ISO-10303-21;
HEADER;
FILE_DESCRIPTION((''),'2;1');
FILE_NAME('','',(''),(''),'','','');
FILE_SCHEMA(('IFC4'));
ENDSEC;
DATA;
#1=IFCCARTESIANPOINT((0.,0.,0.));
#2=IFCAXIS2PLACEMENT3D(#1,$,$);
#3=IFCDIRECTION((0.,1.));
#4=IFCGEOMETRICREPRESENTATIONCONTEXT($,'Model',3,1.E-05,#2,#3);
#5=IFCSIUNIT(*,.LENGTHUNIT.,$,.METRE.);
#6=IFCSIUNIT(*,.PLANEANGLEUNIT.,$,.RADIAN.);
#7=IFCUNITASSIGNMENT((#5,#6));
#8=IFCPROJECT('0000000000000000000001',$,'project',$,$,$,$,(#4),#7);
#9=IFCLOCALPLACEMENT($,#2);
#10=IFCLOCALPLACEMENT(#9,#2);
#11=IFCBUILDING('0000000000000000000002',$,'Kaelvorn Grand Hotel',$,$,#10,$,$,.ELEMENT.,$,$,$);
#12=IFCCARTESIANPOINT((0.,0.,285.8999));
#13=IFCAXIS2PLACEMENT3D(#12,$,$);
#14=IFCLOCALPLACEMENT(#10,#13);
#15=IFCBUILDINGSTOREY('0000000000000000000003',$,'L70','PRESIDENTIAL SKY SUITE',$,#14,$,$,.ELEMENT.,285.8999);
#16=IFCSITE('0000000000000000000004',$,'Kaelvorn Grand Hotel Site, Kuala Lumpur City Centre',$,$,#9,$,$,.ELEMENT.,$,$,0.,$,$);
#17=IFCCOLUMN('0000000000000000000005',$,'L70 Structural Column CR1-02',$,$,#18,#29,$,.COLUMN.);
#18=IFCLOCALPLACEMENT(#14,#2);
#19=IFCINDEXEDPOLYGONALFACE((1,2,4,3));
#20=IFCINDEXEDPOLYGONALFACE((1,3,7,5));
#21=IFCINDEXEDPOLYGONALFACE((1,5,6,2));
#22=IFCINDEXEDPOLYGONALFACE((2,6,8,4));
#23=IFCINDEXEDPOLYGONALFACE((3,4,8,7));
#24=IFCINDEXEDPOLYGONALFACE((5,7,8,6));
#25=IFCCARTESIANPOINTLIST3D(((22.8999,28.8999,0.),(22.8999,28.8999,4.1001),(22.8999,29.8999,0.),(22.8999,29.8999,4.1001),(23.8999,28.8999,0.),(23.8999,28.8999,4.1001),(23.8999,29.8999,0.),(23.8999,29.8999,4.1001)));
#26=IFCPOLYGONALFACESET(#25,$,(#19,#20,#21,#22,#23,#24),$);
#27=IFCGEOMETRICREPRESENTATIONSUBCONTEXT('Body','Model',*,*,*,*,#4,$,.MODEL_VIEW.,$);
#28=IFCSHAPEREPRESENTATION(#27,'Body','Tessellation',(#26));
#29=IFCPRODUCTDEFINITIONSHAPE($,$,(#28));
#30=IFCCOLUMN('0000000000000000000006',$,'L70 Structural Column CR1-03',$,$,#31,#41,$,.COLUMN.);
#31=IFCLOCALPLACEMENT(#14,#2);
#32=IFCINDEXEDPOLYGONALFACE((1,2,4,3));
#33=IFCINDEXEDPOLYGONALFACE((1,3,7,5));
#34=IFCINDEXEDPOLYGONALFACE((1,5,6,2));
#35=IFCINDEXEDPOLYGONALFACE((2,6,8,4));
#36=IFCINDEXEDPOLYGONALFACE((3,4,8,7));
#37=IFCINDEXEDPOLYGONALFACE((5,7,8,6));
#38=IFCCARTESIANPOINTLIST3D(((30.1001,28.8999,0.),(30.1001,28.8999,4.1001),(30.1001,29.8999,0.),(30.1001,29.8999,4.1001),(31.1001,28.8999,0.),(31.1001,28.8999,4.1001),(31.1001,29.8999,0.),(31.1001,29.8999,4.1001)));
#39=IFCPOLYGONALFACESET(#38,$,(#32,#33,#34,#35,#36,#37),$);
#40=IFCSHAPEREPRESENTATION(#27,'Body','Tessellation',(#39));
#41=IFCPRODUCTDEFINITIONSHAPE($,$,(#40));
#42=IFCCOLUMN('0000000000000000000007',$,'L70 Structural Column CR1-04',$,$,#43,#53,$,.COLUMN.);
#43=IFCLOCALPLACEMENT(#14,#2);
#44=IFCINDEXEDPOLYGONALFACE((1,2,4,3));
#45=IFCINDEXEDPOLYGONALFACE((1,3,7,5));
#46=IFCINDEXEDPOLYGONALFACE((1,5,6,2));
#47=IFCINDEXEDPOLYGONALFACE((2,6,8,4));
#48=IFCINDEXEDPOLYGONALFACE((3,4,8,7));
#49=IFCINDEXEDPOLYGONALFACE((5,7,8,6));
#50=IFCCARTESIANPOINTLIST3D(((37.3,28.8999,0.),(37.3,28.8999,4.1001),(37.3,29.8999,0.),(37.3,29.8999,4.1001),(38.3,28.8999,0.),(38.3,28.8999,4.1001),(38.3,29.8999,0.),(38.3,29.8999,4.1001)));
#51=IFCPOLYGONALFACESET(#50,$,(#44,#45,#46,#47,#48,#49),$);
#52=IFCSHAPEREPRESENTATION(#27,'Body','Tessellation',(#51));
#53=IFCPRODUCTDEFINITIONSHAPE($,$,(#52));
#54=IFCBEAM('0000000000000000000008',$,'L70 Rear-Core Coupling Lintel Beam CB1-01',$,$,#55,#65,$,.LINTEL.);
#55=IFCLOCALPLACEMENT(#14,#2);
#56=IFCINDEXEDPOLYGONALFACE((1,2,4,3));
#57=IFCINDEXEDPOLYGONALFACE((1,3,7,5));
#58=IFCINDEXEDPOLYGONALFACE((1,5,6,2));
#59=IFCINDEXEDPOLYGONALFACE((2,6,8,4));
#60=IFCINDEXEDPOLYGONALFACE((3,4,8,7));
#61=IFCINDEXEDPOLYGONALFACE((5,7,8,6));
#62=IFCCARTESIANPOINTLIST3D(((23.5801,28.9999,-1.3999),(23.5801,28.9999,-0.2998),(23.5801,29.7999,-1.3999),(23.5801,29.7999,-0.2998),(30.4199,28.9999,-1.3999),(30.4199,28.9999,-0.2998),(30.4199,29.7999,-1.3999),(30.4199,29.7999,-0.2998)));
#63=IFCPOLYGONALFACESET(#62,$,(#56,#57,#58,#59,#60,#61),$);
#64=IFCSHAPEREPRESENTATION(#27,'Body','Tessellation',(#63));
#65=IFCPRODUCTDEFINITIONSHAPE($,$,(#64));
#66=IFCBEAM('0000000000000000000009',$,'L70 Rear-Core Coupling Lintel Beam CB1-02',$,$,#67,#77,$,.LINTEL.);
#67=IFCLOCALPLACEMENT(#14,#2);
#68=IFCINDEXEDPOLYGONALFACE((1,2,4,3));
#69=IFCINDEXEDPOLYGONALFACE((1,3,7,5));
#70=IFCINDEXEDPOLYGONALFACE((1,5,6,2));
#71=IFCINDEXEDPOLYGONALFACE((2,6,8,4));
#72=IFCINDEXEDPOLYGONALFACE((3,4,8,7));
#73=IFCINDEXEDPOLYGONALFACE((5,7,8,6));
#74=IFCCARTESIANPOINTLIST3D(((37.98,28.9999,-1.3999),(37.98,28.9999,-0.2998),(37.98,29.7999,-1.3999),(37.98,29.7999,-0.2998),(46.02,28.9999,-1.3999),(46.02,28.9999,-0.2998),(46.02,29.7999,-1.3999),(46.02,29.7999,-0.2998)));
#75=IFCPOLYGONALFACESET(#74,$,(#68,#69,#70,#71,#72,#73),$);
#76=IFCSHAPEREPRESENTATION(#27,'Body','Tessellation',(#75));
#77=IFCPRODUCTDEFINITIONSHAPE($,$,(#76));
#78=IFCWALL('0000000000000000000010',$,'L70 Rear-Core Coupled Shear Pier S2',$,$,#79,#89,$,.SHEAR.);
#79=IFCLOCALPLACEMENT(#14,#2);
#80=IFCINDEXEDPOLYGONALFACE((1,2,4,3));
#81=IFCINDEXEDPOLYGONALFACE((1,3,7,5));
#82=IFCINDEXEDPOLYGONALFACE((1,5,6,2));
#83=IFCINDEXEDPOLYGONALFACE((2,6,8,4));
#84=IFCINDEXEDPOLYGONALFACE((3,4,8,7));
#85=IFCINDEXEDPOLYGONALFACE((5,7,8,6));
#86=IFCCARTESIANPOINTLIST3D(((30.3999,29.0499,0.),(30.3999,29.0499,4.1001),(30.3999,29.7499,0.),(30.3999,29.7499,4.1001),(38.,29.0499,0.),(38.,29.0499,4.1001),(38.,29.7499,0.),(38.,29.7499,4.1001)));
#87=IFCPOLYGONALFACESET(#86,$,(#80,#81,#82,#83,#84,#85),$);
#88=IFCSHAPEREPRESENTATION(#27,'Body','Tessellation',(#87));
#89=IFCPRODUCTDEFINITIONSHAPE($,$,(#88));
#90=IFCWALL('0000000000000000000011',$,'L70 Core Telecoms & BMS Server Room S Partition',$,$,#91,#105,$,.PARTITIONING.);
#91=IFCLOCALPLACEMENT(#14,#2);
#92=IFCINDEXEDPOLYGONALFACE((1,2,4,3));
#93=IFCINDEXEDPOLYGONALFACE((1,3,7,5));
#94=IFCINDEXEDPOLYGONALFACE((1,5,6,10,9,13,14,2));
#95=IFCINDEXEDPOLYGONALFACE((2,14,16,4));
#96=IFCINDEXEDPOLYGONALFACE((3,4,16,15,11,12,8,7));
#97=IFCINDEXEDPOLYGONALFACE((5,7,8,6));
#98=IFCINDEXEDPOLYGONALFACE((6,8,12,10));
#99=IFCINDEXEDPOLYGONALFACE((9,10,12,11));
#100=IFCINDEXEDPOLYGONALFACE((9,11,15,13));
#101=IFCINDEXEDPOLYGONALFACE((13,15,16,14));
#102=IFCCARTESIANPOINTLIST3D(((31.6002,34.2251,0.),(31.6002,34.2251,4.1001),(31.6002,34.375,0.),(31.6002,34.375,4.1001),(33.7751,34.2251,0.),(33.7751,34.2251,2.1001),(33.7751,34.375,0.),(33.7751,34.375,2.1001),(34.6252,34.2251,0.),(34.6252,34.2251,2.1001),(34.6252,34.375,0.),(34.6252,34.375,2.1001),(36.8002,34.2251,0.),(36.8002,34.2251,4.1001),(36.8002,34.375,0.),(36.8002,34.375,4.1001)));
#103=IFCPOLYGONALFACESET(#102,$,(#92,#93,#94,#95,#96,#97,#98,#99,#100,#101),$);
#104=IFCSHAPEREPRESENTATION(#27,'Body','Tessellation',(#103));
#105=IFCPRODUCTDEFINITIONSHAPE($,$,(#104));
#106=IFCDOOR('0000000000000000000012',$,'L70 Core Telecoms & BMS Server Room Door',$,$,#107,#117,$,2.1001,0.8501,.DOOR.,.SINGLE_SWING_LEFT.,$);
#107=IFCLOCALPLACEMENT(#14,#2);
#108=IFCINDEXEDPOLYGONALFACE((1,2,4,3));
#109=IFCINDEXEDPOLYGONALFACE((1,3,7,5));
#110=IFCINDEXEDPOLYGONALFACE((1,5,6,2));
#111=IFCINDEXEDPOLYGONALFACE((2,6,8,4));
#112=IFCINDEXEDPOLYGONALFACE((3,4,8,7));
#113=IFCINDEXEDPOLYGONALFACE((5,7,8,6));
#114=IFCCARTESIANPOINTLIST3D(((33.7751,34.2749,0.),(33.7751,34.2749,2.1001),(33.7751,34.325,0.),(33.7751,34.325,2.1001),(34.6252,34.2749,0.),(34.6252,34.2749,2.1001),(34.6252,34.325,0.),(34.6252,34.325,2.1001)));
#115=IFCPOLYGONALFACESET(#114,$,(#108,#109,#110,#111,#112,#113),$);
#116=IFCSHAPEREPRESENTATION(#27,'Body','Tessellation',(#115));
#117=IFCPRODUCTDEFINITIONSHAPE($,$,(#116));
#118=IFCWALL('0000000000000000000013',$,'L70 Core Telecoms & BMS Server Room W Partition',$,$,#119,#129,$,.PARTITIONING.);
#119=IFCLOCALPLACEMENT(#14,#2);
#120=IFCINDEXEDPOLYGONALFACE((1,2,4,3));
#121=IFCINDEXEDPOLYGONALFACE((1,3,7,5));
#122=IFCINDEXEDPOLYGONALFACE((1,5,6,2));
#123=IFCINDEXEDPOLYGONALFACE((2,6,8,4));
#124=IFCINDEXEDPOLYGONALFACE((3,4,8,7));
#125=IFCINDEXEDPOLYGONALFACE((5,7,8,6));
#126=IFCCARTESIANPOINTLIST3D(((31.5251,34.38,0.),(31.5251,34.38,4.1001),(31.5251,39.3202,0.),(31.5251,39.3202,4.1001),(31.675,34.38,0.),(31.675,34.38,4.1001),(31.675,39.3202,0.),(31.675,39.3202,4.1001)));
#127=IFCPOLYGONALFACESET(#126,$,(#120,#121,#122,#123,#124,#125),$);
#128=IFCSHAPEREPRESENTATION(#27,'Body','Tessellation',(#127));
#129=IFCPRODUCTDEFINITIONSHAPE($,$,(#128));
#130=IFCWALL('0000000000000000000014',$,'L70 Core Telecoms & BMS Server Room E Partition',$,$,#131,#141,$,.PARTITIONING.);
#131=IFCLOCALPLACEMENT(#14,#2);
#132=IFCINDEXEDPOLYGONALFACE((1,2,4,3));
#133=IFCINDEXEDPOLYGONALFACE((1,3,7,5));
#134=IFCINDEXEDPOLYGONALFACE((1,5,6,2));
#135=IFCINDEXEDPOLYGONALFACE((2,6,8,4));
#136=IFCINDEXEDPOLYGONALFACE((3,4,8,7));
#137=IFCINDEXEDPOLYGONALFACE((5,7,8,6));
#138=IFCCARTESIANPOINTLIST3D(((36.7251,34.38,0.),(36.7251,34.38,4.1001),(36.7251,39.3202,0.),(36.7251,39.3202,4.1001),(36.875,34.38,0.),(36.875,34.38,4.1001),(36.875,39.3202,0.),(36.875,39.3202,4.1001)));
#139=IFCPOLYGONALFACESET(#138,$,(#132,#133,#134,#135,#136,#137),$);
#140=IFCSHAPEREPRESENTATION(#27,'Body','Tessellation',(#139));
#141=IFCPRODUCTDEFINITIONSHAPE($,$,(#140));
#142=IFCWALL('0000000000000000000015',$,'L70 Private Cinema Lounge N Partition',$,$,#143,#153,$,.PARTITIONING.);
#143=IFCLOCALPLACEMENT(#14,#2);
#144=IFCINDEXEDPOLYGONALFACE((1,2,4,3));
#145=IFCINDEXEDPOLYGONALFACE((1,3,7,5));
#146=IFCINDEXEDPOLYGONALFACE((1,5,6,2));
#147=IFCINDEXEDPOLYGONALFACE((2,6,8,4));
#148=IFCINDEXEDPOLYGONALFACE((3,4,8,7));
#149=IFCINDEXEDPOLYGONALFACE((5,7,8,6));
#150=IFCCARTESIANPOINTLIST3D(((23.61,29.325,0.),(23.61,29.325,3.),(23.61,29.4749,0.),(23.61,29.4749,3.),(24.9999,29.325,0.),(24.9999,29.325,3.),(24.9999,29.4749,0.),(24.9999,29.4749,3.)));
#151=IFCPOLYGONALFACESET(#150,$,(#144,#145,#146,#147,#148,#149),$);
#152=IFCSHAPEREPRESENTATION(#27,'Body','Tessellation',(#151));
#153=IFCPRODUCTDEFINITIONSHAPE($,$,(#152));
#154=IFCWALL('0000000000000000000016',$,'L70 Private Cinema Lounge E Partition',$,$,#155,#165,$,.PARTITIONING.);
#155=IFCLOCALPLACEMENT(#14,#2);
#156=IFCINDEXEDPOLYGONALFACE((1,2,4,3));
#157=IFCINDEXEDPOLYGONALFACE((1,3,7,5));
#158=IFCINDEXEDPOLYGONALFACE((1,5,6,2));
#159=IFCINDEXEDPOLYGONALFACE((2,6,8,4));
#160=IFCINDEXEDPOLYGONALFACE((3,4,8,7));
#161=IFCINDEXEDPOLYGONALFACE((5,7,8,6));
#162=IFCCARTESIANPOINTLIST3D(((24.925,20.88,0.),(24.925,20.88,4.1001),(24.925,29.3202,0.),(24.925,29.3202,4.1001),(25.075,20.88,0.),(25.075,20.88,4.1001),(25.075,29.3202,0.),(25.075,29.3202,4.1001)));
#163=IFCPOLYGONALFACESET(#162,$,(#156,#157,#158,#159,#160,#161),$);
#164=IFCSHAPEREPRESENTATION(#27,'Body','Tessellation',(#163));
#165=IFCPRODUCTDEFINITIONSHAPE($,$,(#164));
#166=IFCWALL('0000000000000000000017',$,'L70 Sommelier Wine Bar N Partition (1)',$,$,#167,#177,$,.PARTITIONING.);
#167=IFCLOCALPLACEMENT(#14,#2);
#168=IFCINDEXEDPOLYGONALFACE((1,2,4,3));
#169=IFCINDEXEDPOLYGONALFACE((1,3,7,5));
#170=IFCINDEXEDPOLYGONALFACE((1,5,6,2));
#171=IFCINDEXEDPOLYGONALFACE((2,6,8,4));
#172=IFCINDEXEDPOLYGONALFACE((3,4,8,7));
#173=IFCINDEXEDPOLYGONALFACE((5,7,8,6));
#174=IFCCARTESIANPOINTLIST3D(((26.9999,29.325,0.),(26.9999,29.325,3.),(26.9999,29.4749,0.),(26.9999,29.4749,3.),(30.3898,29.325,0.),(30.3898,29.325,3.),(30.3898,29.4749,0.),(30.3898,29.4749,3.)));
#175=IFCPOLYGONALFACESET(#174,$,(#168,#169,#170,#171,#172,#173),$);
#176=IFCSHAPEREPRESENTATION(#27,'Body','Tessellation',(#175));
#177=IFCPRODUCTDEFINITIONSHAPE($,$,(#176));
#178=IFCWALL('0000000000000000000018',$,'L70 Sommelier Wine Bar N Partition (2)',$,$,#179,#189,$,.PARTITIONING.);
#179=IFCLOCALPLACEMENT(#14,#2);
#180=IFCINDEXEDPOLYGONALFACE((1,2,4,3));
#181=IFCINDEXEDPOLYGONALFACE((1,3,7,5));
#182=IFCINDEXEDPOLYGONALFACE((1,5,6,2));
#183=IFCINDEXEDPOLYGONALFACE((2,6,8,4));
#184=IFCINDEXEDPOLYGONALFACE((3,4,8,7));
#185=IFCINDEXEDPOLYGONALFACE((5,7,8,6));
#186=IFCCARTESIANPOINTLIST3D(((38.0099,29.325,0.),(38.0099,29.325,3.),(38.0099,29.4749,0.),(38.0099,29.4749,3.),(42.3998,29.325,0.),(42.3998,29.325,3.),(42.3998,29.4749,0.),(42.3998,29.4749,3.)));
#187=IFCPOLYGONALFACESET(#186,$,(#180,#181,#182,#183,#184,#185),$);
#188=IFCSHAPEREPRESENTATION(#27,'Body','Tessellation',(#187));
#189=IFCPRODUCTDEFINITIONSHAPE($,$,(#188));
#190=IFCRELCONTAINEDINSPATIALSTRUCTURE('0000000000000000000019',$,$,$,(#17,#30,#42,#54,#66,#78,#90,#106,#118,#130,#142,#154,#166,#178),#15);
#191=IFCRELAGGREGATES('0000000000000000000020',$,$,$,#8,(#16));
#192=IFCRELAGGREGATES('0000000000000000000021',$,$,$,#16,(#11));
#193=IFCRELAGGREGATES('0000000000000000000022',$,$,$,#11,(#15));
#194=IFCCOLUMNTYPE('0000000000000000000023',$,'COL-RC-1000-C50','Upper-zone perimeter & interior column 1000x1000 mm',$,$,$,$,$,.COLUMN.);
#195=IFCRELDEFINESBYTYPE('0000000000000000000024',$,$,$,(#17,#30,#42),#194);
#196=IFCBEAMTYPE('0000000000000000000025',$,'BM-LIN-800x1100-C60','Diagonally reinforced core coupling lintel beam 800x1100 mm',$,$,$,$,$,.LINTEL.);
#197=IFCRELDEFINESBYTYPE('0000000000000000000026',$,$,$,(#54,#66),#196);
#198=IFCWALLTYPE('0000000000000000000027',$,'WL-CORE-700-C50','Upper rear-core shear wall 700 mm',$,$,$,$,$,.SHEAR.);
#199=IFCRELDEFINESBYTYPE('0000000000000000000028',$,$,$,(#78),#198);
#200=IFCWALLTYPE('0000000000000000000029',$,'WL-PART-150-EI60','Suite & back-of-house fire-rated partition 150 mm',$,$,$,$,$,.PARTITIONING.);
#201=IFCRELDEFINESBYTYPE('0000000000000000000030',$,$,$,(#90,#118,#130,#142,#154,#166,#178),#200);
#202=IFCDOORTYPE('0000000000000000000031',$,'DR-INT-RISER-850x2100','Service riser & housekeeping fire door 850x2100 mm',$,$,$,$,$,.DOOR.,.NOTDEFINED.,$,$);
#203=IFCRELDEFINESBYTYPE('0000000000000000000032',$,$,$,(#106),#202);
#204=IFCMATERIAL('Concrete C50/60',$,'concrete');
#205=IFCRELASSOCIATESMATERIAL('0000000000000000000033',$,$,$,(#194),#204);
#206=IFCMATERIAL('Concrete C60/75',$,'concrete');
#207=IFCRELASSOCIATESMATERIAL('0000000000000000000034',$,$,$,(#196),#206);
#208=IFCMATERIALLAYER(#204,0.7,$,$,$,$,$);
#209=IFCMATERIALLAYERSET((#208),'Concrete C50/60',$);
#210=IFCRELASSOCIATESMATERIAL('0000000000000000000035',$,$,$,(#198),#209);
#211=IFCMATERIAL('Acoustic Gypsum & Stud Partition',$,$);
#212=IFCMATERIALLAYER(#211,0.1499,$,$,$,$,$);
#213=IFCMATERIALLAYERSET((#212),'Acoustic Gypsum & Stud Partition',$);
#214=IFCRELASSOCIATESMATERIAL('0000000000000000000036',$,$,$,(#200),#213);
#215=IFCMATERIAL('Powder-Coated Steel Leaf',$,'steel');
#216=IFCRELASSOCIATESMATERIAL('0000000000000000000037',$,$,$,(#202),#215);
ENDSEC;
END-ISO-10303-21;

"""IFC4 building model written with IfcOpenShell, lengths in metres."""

from ifc_helpers import new_model, si_unit, direction, frame, frame_2d, origin, origin_2d, place, context, subcontext, project, spatial, rectangle, extrude, material, layer, layer_set, material_profile, profile_set, type_object, element, fill, save


model = new_model("IFC4")

# Units and contexts
model_context = context("Model", 3, precision=1e-05, world=origin(), true_north=direction((0.0, 1.0)))
body_context = subcontext(model_context, "Body", "Model", "MODEL_VIEW")
ifc_project = project(units=[si_unit("LENGTHUNIT", "METRE"), si_unit("PLANEANGLEUNIT", "RADIAN")], contexts=[model_context])

# Site, building, storey
site_placement = place(None, origin())
site = spatial("IfcSite", under=ifc_project, at=site_placement, Name="Kaelvorn Grand Hotel Site, Kuala Lumpur City Centre", CompositionType="ELEMENT", RefElevation=0.0)
building_placement = place(site_placement, origin())
building = spatial("IfcBuilding", under=site, at=building_placement, Name="Kaelvorn Grand Hotel", CompositionType="ELEMENT")
storey_placement = place(building_placement, frame((0.0, 0.0, 285.8999)))
storey = spatial("IfcBuildingStorey", under=building, at=storey_placement, Name="L70", Description="PRESIDENTIAL SKY SUITE", CompositionType="ELEMENT", Elevation=285.8999)

# Columns
ifc_material_1 = material(Name="Concrete C50/60", Category="concrete")
ifc_material_profile_1 = material_profile(ifc_material_1, rectangle(XDim=1.0, YDim=1.0, at=origin_2d()), Name="RC COL 1000x1000")
ifc_profile_set_1 = profile_set([ifc_material_profile_1], Name="Concrete C50/60")
column_type = type_object("IfcColumnType", Name="COL-RC-1000-C50", Description="Upper-zone perimeter & interior column 1000x1000 mm", PredefinedType="COLUMN", material=ifc_profile_set_1)
for number, where, z_axis, x_axis, name in (
    (1, (23.3999, 29.3999, 0.0), (0.0, 0.0, 1.0), (1.0, 0.0, 0.0), "L70 Structural Column CR1-02"),
    (2, (30.6001, 29.3999, 0.0), (0.0, 0.0, 1.0), (1.0, 0.0, 0.0), "L70 Structural Column CR1-03"),
    (3, (37.8, 29.3999, 0.0), (0.0, 0.0, 1.0), (1.0, 0.0, 0.0), "L70 Structural Column CR1-04"),
):
    element("IfcColumn", number, at=place(storey_placement, frame(where, z_axis=z_axis, x_axis=x_axis)), inside=storey, type_object=column_type, Name=name, PredefinedType="COLUMN", context=body_context, shape_type="SweptSolid", body=[
        extrude(rectangle(XDim=1.0, YDim=1.0, at=origin_2d()), origin(), (0.0, 0.0, 1.0), 4.1001),
    ])

# Beams
ifc_material_2 = material(Name="Concrete C60/75", Category="concrete")
ifc_material_profile_2 = material_profile(ifc_material_2, rectangle(XDim=0.8, YDim=1.1001, at=origin_2d()), Name="RC LINTEL 800x1100")
ifc_profile_set_2 = profile_set([ifc_material_profile_2], Name="Concrete C60/75")
beam_type = type_object("IfcBeamType", Name="BM-LIN-800x1100-C60", Description="Diagonally reinforced core coupling lintel beam 800x1100 mm", PredefinedType="LINTEL", material=ifc_profile_set_2)
beam_1_placement = place(storey_placement, frame((23.5801, 29.3999, -0.8499), z_axis=(1.0, 0.0, 0.0), x_axis=(0.0, 1.0, 0.0)))
element("IfcBeam", 4, at=beam_1_placement, inside=storey, type_object=beam_type, Name="L70 Rear-Core Coupling Lintel Beam CB1-01", PredefinedType="LINTEL", context=body_context, shape_type="SweptSolid", body=[
    extrude(rectangle(XDim=0.8, YDim=1.1001, at=origin_2d()), origin(), (0.0, 0.0, 1.0), 6.8398),
])
beam_2_placement = place(storey_placement, frame((37.98, 29.3999, -0.8499), z_axis=(1.0, 0.0, 0.0), x_axis=(0.0, 1.0, 0.0)))
element("IfcBeam", 5, at=beam_2_placement, inside=storey, type_object=beam_type, Name="L70 Rear-Core Coupling Lintel Beam CB1-02", PredefinedType="LINTEL", context=body_context, shape_type="SweptSolid", body=[
    extrude(rectangle(XDim=0.8, YDim=1.1001, at=origin_2d()), origin(), (0.0, 0.0, 1.0), 8.04),
])

# Wall
ifc_layer_1 = layer(ifc_material_1, 0.7)
ifc_layer_set_1 = layer_set([ifc_layer_1], Name="Concrete C50/60")
wall_type_1 = type_object("IfcWallType", Name="WL-CORE-700-C50", Description="Upper rear-core shear wall 700 mm", PredefinedType="SHEAR", material=ifc_layer_set_1)
wall_1_placement = place(storey_placement, frame((30.3999, 29.3999, 0.0), z_axis=(0.0, 0.0, 1.0), x_axis=(1.0, 0.0, 0.0)))
element("IfcWall", 6, at=wall_1_placement, inside=storey, type_object=wall_type_1, Name="L70 Rear-Core Coupled Shear Pier S2", PredefinedType="SHEAR", context=body_context, shape_type="SweptSolid", body=[
    extrude(rectangle(XDim=7.6001, YDim=0.7, at=frame_2d((3.8, 0.0))), origin(), (0.0, 0.0, 1.0), 4.1001),
])

# Wall, opening, door
ifc_material_3 = material(Name="Acoustic Gypsum & Stud Partition")
ifc_layer_2 = layer(ifc_material_3, 0.1499)
ifc_layer_set_2 = layer_set([ifc_layer_2], Name="Acoustic Gypsum & Stud Partition")
wall_type_2 = type_object("IfcWallType", Name="WL-PART-150-EI60", Description="Suite & back-of-house fire-rated partition 150 mm", PredefinedType="PARTITIONING", material=ifc_layer_set_2)
wall_2_placement = place(storey_placement, frame((31.6001, 34.3, 0.0), z_axis=(0.0, 0.0, 1.0), x_axis=(1.0, 0.0, 0.0)))
wall_2 = element("IfcWall", 7, at=wall_2_placement, inside=storey, type_object=wall_type_2, Name="L70 Core Telecoms & BMS Server Room S Partition", PredefinedType="PARTITIONING", context=body_context, shape_type="SweptSolid", body=[
    extrude(rectangle(XDim=5.2, YDim=0.1499, at=frame_2d((2.6001, 0.0))), origin(), (0.0, 0.0, 1.0), 4.1001),
])
opening_1_placement = place(wall_2_placement, frame((2.175, 0.0, 0.0)))
opening_1 = element("IfcOpeningElement", 8, at=opening_1_placement, cuts=wall_2, PredefinedType="OPENING", context=body_context, shape_type="SweptSolid", body=[
    extrude(rectangle(XDim=0.8501, YDim=2.1001, at=frame_2d((0.425, 1.05))), frame((0.0, 0.085, 0.0), z_axis=(0.0, -1.0, 0.0), x_axis=(1.0, 0.0, 0.0)), (0.0, 0.0, 1.0), 0.1699),
])
ifc_material_4 = material(Name="Powder-Coated Steel Leaf", Category="steel")
door_type_1 = type_object("IfcDoorType", Name="DR-INT-RISER-850x2100", Description="Service riser & housekeeping fire door 850x2100 mm", OperationType="NOTDEFINED", PredefinedType="DOOR", material=ifc_material_4)
door_1_placement = place(opening_1_placement, origin())
door_1 = element("IfcDoor", 9, at=door_1_placement, inside=storey, type_object=door_type_1, Name="L70 Core Telecoms & BMS Server Room Door", OperationType="SINGLE_SWING_LEFT", OverallHeight=2.1001, OverallWidth=0.8501, PredefinedType="DOOR", context=body_context, shape_type="SweptSolid", body=[
    extrude(rectangle(XDim=0.8501, YDim=2.1001, at=frame_2d((0.425, 1.05))), frame((0.0, 0.0249, 0.0), z_axis=(0.0, -1.0, 0.0), x_axis=(1.0, 0.0, 0.0)), (0.0, 0.0, 1.0), 0.05),
])
fill(opening_1, door_1)

# Walls
for number, where, z_axis, x_axis, name in (
    (10, (31.6001, 34.3799, 0.0), (0.0, 0.0, 1.0), (0.0, 1.0, 0.0), "L70 Core Telecoms & BMS Server Room W Partition"),
    (11, (36.8, 34.3799, 0.0), (0.0, 0.0, 1.0), (0.0, 1.0, 0.0), "L70 Core Telecoms & BMS Server Room E Partition"),
):
    element("IfcWall", number, at=place(storey_placement, frame(where, z_axis=z_axis, x_axis=x_axis)), inside=storey, type_object=wall_type_2, Name=name, PredefinedType="PARTITIONING", context=body_context, shape_type="SweptSolid", body=[
        extrude(rectangle(XDim=4.9402, YDim=0.1499, at=frame_2d((2.4702, 0.0))), origin(), (0.0, 0.0, 1.0), 4.1001),
    ])
wall_3_placement = place(storey_placement, frame((23.6101, 29.3999, 0.0), z_axis=(0.0, 0.0, 1.0), x_axis=(1.0, 0.0, 0.0)))
element("IfcWall", 12, at=wall_3_placement, inside=storey, type_object=wall_type_2, Name="L70 Private Cinema Lounge N Partition", PredefinedType="PARTITIONING", context=body_context, shape_type="SweptSolid", body=[
    extrude(rectangle(XDim=1.3899, YDim=0.1499, at=frame_2d((0.6948, 0.0))), origin(), (0.0, 0.0, 1.0), 3.0),
])
wall_4_placement = place(storey_placement, frame((25.0, 20.8799, 0.0), z_axis=(0.0, 0.0, 1.0), x_axis=(0.0, 1.0, 0.0)))
element("IfcWall", 13, at=wall_4_placement, inside=storey, type_object=wall_type_2, Name="L70 Private Cinema Lounge E Partition", PredefinedType="PARTITIONING", context=body_context, shape_type="SweptSolid", body=[
    extrude(rectangle(XDim=8.4402, YDim=0.1499, at=frame_2d((4.2202, 0.0))), origin(), (0.0, 0.0, 1.0), 4.1001),
])
wall_5_placement = place(storey_placement, frame((27.0, 29.3999, 0.0), z_axis=(0.0, 0.0, 1.0), x_axis=(1.0, 0.0, 0.0)))
element("IfcWall", 14, at=wall_5_placement, inside=storey, type_object=wall_type_2, Name="L70 Sommelier Wine Bar N Partition (1)", PredefinedType="PARTITIONING", context=body_context, shape_type="SweptSolid", body=[
    extrude(rectangle(XDim=3.3899, YDim=0.1499, at=frame_2d((1.6948, 0.0))), origin(), (0.0, 0.0, 1.0), 3.0),
])
wall_6_placement = place(storey_placement, frame((38.01, 29.3999, 0.0), z_axis=(0.0, 0.0, 1.0), x_axis=(1.0, 0.0, 0.0)))
element("IfcWall", 15, at=wall_6_placement, inside=storey, type_object=wall_type_2, Name="L70 Sommelier Wine Bar N Partition (2)", PredefinedType="PARTITIONING", context=body_context, shape_type="SweptSolid", body=[
    extrude(rectangle(XDim=4.3899, YDim=0.1499, at=frame_2d((2.1948, 0.0))), origin(), (0.0, 0.0, 1.0), 3.0),
])

save(model, "model.ifc")
